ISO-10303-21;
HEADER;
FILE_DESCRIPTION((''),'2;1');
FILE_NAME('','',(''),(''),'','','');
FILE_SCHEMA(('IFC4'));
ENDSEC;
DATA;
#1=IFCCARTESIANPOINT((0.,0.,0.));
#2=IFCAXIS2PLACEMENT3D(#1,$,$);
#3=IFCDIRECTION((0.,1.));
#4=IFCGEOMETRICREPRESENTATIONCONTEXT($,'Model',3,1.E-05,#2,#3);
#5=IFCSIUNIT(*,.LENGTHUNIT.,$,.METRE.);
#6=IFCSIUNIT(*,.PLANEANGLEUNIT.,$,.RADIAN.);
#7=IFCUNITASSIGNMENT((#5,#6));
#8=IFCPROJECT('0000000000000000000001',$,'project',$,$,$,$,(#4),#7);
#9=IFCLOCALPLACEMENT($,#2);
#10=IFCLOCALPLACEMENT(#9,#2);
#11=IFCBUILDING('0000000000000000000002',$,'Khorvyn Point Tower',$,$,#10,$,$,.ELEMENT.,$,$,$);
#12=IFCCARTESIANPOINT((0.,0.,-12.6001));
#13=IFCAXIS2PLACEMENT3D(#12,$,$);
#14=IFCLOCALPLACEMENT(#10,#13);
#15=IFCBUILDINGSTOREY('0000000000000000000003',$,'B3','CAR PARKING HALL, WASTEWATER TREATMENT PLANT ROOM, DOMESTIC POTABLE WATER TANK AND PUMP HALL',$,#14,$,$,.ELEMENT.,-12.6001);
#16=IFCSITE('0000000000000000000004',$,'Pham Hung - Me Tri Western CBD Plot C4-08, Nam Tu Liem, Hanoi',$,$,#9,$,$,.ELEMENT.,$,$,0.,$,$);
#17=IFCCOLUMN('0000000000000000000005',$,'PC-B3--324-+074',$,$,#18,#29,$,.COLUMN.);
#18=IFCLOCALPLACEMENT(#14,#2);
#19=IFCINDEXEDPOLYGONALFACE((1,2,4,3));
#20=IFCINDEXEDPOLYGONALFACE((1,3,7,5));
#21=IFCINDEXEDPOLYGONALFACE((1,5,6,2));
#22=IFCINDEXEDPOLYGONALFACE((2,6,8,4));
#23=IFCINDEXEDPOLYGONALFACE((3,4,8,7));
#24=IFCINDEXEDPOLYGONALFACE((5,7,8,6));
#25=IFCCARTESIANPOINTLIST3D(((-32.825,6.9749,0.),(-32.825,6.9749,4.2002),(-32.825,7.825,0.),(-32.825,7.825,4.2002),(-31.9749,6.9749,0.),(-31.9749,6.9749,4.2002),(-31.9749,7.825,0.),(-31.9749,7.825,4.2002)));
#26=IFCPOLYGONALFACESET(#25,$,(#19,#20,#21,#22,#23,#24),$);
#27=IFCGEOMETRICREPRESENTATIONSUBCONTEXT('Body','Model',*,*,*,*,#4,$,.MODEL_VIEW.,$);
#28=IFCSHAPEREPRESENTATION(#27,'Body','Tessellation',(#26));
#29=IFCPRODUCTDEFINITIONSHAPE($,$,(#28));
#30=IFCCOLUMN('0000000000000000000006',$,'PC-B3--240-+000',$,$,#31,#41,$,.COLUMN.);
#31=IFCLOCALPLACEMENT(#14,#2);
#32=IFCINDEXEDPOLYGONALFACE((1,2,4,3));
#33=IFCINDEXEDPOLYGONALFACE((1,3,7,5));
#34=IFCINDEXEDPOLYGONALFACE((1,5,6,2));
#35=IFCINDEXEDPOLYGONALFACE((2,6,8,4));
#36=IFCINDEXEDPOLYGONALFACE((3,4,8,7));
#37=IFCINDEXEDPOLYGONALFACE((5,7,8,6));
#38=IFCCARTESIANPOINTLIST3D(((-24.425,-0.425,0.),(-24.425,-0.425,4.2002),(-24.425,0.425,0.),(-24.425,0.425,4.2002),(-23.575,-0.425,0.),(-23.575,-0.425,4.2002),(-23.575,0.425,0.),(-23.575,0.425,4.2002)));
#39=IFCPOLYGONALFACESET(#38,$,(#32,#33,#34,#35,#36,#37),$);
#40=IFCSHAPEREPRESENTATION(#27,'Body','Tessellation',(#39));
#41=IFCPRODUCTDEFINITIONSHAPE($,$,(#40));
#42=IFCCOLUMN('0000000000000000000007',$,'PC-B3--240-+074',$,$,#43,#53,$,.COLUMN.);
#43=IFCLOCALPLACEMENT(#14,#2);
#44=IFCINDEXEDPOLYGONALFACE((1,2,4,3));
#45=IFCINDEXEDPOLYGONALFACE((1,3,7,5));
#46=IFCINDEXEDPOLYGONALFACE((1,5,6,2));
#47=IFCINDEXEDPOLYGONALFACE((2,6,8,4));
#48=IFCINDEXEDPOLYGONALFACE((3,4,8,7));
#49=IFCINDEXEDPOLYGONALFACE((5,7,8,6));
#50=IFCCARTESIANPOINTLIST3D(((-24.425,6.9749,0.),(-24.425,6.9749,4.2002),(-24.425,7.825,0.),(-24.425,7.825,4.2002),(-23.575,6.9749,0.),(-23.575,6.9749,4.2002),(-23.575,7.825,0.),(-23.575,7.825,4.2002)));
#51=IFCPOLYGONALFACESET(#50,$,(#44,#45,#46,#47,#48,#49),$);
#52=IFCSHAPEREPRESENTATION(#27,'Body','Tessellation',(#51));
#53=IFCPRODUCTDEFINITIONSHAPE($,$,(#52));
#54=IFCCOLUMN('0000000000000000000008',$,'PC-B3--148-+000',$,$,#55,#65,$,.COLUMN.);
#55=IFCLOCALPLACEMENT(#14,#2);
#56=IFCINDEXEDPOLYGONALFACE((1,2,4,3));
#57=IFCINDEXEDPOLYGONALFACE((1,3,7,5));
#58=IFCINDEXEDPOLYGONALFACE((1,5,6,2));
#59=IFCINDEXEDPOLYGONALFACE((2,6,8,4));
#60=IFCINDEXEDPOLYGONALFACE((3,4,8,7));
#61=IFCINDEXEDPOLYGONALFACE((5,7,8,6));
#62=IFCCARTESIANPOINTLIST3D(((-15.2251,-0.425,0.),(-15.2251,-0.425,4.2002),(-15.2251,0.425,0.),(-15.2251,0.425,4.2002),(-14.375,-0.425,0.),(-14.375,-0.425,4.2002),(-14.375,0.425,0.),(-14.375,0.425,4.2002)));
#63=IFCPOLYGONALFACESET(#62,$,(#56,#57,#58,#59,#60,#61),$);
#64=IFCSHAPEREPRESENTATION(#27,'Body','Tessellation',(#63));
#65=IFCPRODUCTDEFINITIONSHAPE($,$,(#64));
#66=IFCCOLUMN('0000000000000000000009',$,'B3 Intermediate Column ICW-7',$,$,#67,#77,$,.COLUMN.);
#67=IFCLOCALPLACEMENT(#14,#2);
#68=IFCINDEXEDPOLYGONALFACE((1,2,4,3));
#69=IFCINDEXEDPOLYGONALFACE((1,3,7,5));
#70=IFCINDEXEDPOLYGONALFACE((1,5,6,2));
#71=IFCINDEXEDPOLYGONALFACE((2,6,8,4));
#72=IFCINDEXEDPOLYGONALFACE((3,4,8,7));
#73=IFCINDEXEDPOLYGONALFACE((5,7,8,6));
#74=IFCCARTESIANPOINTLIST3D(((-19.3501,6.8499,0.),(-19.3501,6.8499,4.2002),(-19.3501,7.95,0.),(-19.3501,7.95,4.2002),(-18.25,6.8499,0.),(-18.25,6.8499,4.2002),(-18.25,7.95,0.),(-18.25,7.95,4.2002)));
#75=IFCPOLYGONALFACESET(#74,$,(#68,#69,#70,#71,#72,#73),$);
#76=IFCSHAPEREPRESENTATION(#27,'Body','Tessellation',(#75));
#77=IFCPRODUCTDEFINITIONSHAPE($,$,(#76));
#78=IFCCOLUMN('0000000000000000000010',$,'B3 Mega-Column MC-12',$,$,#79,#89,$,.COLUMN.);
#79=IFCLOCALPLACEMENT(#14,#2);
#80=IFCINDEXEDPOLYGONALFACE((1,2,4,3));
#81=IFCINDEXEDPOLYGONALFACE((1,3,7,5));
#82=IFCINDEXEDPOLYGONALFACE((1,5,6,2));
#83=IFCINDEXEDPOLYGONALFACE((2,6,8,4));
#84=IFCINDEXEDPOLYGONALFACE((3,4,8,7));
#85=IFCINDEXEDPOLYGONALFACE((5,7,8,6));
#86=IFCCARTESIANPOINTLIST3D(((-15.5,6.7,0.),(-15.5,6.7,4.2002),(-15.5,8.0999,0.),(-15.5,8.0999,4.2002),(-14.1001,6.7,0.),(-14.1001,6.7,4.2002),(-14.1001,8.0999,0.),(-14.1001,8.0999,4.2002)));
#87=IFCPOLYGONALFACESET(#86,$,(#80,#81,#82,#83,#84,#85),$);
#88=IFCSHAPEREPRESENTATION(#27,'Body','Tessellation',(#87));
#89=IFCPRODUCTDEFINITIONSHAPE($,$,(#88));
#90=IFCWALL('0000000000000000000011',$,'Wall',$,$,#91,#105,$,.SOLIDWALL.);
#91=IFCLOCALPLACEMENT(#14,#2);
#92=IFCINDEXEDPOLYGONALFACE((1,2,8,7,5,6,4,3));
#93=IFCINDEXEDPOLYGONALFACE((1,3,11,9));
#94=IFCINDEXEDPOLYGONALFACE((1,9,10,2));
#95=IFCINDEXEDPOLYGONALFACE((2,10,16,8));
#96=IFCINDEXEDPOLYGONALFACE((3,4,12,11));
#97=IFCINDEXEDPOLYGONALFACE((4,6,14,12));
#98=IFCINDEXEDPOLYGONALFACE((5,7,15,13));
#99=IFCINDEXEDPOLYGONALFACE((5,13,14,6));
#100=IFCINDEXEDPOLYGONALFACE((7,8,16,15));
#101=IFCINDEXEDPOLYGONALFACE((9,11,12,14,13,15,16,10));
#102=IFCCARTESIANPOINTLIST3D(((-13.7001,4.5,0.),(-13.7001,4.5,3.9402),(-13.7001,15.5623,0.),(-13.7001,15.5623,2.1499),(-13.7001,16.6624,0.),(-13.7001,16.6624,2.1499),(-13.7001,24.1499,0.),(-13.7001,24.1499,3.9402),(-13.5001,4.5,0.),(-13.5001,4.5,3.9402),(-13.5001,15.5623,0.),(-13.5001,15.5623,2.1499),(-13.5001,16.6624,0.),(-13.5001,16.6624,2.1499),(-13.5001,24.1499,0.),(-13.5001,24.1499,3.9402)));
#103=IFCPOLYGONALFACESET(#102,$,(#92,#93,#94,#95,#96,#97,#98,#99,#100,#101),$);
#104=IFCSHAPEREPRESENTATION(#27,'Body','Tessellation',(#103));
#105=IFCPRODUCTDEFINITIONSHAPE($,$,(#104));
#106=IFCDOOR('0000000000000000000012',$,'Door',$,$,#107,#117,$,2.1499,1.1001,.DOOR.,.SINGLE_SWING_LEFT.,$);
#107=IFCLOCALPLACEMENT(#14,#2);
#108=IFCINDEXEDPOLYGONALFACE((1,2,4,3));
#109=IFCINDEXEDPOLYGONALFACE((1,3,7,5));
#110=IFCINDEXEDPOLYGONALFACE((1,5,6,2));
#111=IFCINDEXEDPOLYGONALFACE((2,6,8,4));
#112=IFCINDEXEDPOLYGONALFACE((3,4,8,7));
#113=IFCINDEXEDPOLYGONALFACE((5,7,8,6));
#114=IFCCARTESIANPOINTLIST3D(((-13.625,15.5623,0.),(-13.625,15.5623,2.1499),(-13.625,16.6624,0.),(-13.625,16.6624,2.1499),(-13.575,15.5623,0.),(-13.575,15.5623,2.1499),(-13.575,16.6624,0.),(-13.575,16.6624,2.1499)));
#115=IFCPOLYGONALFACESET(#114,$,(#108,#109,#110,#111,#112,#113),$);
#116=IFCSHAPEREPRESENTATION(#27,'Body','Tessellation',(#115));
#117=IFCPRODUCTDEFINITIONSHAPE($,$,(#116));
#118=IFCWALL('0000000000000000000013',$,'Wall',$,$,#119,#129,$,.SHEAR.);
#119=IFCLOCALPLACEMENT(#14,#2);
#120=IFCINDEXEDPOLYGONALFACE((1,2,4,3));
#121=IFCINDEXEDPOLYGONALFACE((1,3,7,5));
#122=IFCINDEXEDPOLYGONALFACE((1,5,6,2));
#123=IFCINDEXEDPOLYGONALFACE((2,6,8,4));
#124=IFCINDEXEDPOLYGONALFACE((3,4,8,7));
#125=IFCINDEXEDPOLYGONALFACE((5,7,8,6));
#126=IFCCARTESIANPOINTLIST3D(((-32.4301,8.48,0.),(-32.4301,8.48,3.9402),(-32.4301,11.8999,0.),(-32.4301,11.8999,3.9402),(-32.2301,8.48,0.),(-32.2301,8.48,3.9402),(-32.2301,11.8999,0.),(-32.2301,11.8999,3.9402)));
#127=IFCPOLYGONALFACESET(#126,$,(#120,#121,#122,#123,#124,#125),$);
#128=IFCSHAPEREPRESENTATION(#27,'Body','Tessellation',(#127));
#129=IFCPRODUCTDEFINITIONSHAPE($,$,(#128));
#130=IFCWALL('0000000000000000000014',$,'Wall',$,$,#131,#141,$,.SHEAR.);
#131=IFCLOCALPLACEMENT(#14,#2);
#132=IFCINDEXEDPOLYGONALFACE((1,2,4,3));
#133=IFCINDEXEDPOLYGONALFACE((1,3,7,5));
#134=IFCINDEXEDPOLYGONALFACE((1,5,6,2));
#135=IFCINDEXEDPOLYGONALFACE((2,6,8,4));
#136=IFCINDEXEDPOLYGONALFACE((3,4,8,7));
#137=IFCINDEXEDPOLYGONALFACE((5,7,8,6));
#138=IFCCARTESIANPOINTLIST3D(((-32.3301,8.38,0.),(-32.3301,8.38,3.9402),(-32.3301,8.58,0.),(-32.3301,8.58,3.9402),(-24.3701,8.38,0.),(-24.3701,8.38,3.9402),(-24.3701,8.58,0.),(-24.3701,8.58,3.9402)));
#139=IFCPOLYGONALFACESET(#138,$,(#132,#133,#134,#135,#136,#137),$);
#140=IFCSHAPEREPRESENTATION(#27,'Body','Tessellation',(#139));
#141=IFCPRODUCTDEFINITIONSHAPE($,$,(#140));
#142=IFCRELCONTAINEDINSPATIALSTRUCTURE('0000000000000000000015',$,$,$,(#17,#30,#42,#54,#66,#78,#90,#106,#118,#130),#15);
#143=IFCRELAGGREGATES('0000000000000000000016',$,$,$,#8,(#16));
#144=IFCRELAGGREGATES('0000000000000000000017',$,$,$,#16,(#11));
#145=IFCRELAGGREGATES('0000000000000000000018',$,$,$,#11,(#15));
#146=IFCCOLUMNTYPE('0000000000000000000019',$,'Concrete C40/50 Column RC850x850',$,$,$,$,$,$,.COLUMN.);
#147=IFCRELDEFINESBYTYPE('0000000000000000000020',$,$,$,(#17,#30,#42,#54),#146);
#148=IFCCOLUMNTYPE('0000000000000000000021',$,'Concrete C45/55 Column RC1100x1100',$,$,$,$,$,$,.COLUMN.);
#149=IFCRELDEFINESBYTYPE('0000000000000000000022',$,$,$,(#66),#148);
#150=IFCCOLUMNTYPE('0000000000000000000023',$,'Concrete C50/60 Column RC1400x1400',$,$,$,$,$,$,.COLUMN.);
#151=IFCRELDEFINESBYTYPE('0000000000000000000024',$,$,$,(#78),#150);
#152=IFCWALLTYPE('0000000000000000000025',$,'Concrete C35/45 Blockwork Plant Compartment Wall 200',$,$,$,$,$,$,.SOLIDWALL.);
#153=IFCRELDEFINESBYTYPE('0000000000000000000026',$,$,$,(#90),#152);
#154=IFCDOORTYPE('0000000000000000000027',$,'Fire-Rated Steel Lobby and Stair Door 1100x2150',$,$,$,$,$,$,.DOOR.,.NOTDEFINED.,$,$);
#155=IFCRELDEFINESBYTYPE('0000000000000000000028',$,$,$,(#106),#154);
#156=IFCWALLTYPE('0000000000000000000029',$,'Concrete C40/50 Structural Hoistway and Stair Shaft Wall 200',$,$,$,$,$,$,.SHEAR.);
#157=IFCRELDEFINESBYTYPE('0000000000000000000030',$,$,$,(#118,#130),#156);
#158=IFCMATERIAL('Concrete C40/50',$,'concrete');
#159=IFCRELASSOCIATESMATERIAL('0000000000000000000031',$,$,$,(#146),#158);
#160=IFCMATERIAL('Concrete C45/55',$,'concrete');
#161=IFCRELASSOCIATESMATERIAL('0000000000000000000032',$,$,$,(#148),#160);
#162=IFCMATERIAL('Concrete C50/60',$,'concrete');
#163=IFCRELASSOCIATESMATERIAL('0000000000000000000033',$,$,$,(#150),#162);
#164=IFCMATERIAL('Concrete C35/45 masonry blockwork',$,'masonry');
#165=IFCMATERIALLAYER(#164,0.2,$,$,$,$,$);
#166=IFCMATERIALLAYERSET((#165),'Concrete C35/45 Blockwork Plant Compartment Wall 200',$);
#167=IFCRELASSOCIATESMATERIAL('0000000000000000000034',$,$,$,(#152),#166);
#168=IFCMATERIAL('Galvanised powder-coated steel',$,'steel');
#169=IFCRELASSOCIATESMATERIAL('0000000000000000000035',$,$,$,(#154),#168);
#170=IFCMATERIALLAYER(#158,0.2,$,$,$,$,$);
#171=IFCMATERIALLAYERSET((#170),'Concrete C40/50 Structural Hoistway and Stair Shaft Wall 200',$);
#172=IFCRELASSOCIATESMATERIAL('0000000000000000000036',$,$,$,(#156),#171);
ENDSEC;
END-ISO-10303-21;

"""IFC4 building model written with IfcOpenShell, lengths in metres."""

from ifc_helpers import new_model, si_unit, direction, frame, frame_2d, origin, origin_2d, place, context, subcontext, project, spatial, rectangle, extrude, material, layer, layer_set, material_profile, profile_set, type_object, element, fill, save


model = new_model("IFC4")

# Units and contexts
model_context = context("Model", 3, precision=1e-05, world=origin(), true_north=direction((0.0, 1.0)))
body_context = subcontext(model_context, "Body", "Model", "MODEL_VIEW")
ifc_project = project(units=[si_unit("LENGTHUNIT", "METRE"), si_unit("PLANEANGLEUNIT", "RADIAN")], contexts=[model_context])

# Site, building, storey
site_placement = place(None, origin())
site = spatial("IfcSite", under=ifc_project, at=site_placement, Name="Pham Hung - Me Tri Western CBD Plot C4-08, Nam Tu Liem, Hanoi", CompositionType="ELEMENT", RefElevation=0.0)
building_placement = place(site_placement, origin())
building = spatial("IfcBuilding", under=site, at=building_placement, Name="Khorvyn Point Tower", CompositionType="ELEMENT")
storey_placement = place(building_placement, frame((0.0, 0.0, -12.6001)))
storey = spatial("IfcBuildingStorey", under=building, at=storey_placement, Name="B3", Description="CAR PARKING HALL, WASTEWATER TREATMENT PLANT ROOM, DOMESTIC POTABLE WATER TANK AND PUMP HALL", CompositionType="ELEMENT", Elevation=-12.6001)

# Shared definitions
ifc_material_1 = material(Name="Concrete C40/50", Category="concrete")

# Columns
ifc_material_profile_1 = material_profile(ifc_material_1, rectangle(XDim=0.8501, YDim=0.8501, at=origin_2d()))
ifc_profile_set_1 = profile_set([ifc_material_profile_1], Name="Concrete C40/50 RC850x850")
column_type_1 = type_object("IfcColumnType", Name="Concrete C40/50 Column RC850x850", PredefinedType="COLUMN", material=ifc_profile_set_1)
for number, where, z_axis, x_axis, name in (
    (1, (-32.3999, 7.3999, 0.0), (0.0, 0.0, 1.0), (1.0, 0.0, 0.0), "PC-B3--324-+074"),
    (2, (-24.0, 0.0, 0.0), (0.0, 0.0, 1.0), (1.0, 0.0, 0.0), "PC-B3--240-+000"),
    (3, (-24.0, 7.3999, 0.0), (0.0, 0.0, 1.0), (1.0, 0.0, 0.0), "PC-B3--240-+074"),
    (4, (-14.8, 0.0, 0.0), (0.0, 0.0, 1.0), (1.0, 0.0, 0.0), "PC-B3--148-+000"),
):
    element("IfcColumn", number, at=place(storey_placement, frame(where, z_axis=z_axis, x_axis=x_axis)), inside=storey, type_object=column_type_1, Name=name, PredefinedType="COLUMN", context=body_context, shape_type="SweptSolid", body=[
        extrude(rectangle(XDim=0.8501, YDim=0.8501, at=origin_2d()), origin(), (0.0, 0.0, 1.0), 4.2002),
    ])
ifc_material_2 = material(Name="Concrete C45/55", Category="concrete")
ifc_material_profile_2 = material_profile(ifc_material_2, rectangle(XDim=1.1001, YDim=1.1001, at=origin_2d()))
ifc_profile_set_2 = profile_set([ifc_material_profile_2], Name="Concrete C45/55 RC1100x1100")
column_type_2 = type_object("IfcColumnType", Name="Concrete C45/55 Column RC1100x1100", PredefinedType="COLUMN", material=ifc_profile_set_2)
column_1_placement = place(storey_placement, frame((-18.8, 7.3999, 0.0), z_axis=(0.0, 0.0, 1.0), x_axis=(1.0, 0.0, 0.0)))
element("IfcColumn", 5, at=column_1_placement, inside=storey, type_object=column_type_2, Name="B3 Intermediate Column ICW-7", PredefinedType="COLUMN", context=body_context, shape_type="SweptSolid", body=[
    extrude(rectangle(XDim=1.1001, YDim=1.1001, at=origin_2d()), origin(), (0.0, 0.0, 1.0), 4.2002),
])
ifc_material_3 = material(Name="Concrete C50/60", Category="concrete")
ifc_material_profile_3 = material_profile(ifc_material_3, rectangle(XDim=1.3999, YDim=1.3999, at=origin_2d()))
ifc_profile_set_3 = profile_set([ifc_material_profile_3], Name="Concrete C50/60 RC1400x1400")
column_type_3 = type_object("IfcColumnType", Name="Concrete C50/60 Column RC1400x1400", PredefinedType="COLUMN", material=ifc_profile_set_3)
column_2_placement = place(storey_placement, frame((-14.8, 7.3999, 0.0), z_axis=(0.0, 0.0, 1.0), x_axis=(1.0, 0.0, 0.0)))
element("IfcColumn", 6, at=column_2_placement, inside=storey, type_object=column_type_3, Name="B3 Mega-Column MC-12", PredefinedType="COLUMN", context=body_context, shape_type="SweptSolid", body=[
    extrude(rectangle(XDim=1.3999, YDim=1.3999, at=origin_2d()), origin(), (0.0, 0.0, 1.0), 4.2002),
])

# Wall, opening, door
ifc_material_4 = material(Name="Concrete C35/45 masonry blockwork", Category="masonry")
ifc_layer_1 = layer(ifc_material_4, 0.2)
ifc_layer_set_1 = layer_set([ifc_layer_1], Name="Concrete C35/45 Blockwork Plant Compartment Wall 200")
wall_type_1 = type_object("IfcWallType", Name="Concrete C35/45 Blockwork Plant Compartment Wall 200", PredefinedType="SOLIDWALL", material=ifc_layer_set_1)
wall_1_placement = place(storey_placement, frame((-13.6001, 4.5, 0.0), z_axis=(0.0, 0.0, 1.0), x_axis=(0.0, 1.0, 0.0)))
wall_1 = element("IfcWall", 7, at=wall_1_placement, inside=storey, type_object=wall_type_1, Name="Wall", PredefinedType="SOLIDWALL", context=body_context, shape_type="SweptSolid", body=[
    extrude(rectangle(XDim=19.6499, YDim=0.2, at=frame_2d((9.825, 0.0))), origin(), (0.0, 0.0, 1.0), 3.9402),
])
opening_placement = place(wall_1_placement, frame((11.0623, 0.0, 0.0)))
opening = element("IfcOpeningElement", 8, at=opening_placement, cuts=wall_1, PredefinedType="OPENING", context=body_context, shape_type="SweptSolid", body=[
    extrude(rectangle(XDim=1.1001, YDim=2.1499, at=frame_2d((0.55, 1.075))), frame((0.0, 0.1099, 0.0), z_axis=(0.0, -1.0, 0.0), x_axis=(1.0, 0.0, 0.0)), (0.0, 0.0, 1.0), 0.22),
])
ifc_material_5 = material(Name="Galvanised powder-coated steel", Category="steel")
door_type = type_object("IfcDoorType", Name="Fire-Rated Steel Lobby and Stair Door 1100x2150", OperationType="NOTDEFINED", PredefinedType="DOOR", material=ifc_material_5)
door_placement = place(opening_placement, origin())
door = element("IfcDoor", 9, at=door_placement, inside=storey, type_object=door_type, Name="Door", OperationType="SINGLE_SWING_LEFT", OverallHeight=2.1499, OverallWidth=1.1001, PredefinedType="DOOR", context=body_context, shape_type="SweptSolid", body=[
    extrude(rectangle(XDim=1.1001, YDim=2.1499, at=frame_2d((0.55, 1.075))), frame((0.0, 0.0249, 0.0), z_axis=(0.0, -1.0, 0.0), x_axis=(1.0, 0.0, 0.0)), (0.0, 0.0, 1.0), 0.05),
])
fill(opening, door)

# Walls
ifc_layer_2 = layer(ifc_material_1, 0.2)
ifc_layer_set_2 = layer_set([ifc_layer_2], Name="Concrete C40/50 Structural Hoistway and Stair Shaft Wall 200")
wall_type_2 = type_object("IfcWallType", Name="Concrete C40/50 Structural Hoistway and Stair Shaft Wall 200", PredefinedType="SHEAR", material=ifc_layer_set_2)
wall_2_placement = place(storey_placement, frame((-32.3301, 8.48, 0.0), z_axis=(0.0, 0.0, 1.0), x_axis=(0.0, 1.0, 0.0)))
element("IfcWall", 10, at=wall_2_placement, inside=storey, type_object=wall_type_2, Name="Wall", PredefinedType="SHEAR", context=body_context, shape_type="SweptSolid", body=[
    extrude(rectangle(XDim=3.4199, YDim=0.2, at=frame_2d((1.71, 0.0))), origin(), (0.0, 0.0, 1.0), 3.9402),
])
wall_3_placement = place(storey_placement, frame((-24.3701, 8.48, 0.0), z_axis=(0.0, 0.0, 1.0), x_axis=(-1.0, 0.0, 0.0)))
element("IfcWall", 11, at=wall_3_placement, inside=storey, type_object=wall_type_2, Name="Wall", PredefinedType="SHEAR", context=body_context, shape_type="SweptSolid", body=[
    extrude(rectangle(XDim=7.96, YDim=0.2, at=frame_2d((3.98, 0.0))), origin(), (0.0, 0.0, 1.0), 3.9402),
])

save(model, "model.ifc")
